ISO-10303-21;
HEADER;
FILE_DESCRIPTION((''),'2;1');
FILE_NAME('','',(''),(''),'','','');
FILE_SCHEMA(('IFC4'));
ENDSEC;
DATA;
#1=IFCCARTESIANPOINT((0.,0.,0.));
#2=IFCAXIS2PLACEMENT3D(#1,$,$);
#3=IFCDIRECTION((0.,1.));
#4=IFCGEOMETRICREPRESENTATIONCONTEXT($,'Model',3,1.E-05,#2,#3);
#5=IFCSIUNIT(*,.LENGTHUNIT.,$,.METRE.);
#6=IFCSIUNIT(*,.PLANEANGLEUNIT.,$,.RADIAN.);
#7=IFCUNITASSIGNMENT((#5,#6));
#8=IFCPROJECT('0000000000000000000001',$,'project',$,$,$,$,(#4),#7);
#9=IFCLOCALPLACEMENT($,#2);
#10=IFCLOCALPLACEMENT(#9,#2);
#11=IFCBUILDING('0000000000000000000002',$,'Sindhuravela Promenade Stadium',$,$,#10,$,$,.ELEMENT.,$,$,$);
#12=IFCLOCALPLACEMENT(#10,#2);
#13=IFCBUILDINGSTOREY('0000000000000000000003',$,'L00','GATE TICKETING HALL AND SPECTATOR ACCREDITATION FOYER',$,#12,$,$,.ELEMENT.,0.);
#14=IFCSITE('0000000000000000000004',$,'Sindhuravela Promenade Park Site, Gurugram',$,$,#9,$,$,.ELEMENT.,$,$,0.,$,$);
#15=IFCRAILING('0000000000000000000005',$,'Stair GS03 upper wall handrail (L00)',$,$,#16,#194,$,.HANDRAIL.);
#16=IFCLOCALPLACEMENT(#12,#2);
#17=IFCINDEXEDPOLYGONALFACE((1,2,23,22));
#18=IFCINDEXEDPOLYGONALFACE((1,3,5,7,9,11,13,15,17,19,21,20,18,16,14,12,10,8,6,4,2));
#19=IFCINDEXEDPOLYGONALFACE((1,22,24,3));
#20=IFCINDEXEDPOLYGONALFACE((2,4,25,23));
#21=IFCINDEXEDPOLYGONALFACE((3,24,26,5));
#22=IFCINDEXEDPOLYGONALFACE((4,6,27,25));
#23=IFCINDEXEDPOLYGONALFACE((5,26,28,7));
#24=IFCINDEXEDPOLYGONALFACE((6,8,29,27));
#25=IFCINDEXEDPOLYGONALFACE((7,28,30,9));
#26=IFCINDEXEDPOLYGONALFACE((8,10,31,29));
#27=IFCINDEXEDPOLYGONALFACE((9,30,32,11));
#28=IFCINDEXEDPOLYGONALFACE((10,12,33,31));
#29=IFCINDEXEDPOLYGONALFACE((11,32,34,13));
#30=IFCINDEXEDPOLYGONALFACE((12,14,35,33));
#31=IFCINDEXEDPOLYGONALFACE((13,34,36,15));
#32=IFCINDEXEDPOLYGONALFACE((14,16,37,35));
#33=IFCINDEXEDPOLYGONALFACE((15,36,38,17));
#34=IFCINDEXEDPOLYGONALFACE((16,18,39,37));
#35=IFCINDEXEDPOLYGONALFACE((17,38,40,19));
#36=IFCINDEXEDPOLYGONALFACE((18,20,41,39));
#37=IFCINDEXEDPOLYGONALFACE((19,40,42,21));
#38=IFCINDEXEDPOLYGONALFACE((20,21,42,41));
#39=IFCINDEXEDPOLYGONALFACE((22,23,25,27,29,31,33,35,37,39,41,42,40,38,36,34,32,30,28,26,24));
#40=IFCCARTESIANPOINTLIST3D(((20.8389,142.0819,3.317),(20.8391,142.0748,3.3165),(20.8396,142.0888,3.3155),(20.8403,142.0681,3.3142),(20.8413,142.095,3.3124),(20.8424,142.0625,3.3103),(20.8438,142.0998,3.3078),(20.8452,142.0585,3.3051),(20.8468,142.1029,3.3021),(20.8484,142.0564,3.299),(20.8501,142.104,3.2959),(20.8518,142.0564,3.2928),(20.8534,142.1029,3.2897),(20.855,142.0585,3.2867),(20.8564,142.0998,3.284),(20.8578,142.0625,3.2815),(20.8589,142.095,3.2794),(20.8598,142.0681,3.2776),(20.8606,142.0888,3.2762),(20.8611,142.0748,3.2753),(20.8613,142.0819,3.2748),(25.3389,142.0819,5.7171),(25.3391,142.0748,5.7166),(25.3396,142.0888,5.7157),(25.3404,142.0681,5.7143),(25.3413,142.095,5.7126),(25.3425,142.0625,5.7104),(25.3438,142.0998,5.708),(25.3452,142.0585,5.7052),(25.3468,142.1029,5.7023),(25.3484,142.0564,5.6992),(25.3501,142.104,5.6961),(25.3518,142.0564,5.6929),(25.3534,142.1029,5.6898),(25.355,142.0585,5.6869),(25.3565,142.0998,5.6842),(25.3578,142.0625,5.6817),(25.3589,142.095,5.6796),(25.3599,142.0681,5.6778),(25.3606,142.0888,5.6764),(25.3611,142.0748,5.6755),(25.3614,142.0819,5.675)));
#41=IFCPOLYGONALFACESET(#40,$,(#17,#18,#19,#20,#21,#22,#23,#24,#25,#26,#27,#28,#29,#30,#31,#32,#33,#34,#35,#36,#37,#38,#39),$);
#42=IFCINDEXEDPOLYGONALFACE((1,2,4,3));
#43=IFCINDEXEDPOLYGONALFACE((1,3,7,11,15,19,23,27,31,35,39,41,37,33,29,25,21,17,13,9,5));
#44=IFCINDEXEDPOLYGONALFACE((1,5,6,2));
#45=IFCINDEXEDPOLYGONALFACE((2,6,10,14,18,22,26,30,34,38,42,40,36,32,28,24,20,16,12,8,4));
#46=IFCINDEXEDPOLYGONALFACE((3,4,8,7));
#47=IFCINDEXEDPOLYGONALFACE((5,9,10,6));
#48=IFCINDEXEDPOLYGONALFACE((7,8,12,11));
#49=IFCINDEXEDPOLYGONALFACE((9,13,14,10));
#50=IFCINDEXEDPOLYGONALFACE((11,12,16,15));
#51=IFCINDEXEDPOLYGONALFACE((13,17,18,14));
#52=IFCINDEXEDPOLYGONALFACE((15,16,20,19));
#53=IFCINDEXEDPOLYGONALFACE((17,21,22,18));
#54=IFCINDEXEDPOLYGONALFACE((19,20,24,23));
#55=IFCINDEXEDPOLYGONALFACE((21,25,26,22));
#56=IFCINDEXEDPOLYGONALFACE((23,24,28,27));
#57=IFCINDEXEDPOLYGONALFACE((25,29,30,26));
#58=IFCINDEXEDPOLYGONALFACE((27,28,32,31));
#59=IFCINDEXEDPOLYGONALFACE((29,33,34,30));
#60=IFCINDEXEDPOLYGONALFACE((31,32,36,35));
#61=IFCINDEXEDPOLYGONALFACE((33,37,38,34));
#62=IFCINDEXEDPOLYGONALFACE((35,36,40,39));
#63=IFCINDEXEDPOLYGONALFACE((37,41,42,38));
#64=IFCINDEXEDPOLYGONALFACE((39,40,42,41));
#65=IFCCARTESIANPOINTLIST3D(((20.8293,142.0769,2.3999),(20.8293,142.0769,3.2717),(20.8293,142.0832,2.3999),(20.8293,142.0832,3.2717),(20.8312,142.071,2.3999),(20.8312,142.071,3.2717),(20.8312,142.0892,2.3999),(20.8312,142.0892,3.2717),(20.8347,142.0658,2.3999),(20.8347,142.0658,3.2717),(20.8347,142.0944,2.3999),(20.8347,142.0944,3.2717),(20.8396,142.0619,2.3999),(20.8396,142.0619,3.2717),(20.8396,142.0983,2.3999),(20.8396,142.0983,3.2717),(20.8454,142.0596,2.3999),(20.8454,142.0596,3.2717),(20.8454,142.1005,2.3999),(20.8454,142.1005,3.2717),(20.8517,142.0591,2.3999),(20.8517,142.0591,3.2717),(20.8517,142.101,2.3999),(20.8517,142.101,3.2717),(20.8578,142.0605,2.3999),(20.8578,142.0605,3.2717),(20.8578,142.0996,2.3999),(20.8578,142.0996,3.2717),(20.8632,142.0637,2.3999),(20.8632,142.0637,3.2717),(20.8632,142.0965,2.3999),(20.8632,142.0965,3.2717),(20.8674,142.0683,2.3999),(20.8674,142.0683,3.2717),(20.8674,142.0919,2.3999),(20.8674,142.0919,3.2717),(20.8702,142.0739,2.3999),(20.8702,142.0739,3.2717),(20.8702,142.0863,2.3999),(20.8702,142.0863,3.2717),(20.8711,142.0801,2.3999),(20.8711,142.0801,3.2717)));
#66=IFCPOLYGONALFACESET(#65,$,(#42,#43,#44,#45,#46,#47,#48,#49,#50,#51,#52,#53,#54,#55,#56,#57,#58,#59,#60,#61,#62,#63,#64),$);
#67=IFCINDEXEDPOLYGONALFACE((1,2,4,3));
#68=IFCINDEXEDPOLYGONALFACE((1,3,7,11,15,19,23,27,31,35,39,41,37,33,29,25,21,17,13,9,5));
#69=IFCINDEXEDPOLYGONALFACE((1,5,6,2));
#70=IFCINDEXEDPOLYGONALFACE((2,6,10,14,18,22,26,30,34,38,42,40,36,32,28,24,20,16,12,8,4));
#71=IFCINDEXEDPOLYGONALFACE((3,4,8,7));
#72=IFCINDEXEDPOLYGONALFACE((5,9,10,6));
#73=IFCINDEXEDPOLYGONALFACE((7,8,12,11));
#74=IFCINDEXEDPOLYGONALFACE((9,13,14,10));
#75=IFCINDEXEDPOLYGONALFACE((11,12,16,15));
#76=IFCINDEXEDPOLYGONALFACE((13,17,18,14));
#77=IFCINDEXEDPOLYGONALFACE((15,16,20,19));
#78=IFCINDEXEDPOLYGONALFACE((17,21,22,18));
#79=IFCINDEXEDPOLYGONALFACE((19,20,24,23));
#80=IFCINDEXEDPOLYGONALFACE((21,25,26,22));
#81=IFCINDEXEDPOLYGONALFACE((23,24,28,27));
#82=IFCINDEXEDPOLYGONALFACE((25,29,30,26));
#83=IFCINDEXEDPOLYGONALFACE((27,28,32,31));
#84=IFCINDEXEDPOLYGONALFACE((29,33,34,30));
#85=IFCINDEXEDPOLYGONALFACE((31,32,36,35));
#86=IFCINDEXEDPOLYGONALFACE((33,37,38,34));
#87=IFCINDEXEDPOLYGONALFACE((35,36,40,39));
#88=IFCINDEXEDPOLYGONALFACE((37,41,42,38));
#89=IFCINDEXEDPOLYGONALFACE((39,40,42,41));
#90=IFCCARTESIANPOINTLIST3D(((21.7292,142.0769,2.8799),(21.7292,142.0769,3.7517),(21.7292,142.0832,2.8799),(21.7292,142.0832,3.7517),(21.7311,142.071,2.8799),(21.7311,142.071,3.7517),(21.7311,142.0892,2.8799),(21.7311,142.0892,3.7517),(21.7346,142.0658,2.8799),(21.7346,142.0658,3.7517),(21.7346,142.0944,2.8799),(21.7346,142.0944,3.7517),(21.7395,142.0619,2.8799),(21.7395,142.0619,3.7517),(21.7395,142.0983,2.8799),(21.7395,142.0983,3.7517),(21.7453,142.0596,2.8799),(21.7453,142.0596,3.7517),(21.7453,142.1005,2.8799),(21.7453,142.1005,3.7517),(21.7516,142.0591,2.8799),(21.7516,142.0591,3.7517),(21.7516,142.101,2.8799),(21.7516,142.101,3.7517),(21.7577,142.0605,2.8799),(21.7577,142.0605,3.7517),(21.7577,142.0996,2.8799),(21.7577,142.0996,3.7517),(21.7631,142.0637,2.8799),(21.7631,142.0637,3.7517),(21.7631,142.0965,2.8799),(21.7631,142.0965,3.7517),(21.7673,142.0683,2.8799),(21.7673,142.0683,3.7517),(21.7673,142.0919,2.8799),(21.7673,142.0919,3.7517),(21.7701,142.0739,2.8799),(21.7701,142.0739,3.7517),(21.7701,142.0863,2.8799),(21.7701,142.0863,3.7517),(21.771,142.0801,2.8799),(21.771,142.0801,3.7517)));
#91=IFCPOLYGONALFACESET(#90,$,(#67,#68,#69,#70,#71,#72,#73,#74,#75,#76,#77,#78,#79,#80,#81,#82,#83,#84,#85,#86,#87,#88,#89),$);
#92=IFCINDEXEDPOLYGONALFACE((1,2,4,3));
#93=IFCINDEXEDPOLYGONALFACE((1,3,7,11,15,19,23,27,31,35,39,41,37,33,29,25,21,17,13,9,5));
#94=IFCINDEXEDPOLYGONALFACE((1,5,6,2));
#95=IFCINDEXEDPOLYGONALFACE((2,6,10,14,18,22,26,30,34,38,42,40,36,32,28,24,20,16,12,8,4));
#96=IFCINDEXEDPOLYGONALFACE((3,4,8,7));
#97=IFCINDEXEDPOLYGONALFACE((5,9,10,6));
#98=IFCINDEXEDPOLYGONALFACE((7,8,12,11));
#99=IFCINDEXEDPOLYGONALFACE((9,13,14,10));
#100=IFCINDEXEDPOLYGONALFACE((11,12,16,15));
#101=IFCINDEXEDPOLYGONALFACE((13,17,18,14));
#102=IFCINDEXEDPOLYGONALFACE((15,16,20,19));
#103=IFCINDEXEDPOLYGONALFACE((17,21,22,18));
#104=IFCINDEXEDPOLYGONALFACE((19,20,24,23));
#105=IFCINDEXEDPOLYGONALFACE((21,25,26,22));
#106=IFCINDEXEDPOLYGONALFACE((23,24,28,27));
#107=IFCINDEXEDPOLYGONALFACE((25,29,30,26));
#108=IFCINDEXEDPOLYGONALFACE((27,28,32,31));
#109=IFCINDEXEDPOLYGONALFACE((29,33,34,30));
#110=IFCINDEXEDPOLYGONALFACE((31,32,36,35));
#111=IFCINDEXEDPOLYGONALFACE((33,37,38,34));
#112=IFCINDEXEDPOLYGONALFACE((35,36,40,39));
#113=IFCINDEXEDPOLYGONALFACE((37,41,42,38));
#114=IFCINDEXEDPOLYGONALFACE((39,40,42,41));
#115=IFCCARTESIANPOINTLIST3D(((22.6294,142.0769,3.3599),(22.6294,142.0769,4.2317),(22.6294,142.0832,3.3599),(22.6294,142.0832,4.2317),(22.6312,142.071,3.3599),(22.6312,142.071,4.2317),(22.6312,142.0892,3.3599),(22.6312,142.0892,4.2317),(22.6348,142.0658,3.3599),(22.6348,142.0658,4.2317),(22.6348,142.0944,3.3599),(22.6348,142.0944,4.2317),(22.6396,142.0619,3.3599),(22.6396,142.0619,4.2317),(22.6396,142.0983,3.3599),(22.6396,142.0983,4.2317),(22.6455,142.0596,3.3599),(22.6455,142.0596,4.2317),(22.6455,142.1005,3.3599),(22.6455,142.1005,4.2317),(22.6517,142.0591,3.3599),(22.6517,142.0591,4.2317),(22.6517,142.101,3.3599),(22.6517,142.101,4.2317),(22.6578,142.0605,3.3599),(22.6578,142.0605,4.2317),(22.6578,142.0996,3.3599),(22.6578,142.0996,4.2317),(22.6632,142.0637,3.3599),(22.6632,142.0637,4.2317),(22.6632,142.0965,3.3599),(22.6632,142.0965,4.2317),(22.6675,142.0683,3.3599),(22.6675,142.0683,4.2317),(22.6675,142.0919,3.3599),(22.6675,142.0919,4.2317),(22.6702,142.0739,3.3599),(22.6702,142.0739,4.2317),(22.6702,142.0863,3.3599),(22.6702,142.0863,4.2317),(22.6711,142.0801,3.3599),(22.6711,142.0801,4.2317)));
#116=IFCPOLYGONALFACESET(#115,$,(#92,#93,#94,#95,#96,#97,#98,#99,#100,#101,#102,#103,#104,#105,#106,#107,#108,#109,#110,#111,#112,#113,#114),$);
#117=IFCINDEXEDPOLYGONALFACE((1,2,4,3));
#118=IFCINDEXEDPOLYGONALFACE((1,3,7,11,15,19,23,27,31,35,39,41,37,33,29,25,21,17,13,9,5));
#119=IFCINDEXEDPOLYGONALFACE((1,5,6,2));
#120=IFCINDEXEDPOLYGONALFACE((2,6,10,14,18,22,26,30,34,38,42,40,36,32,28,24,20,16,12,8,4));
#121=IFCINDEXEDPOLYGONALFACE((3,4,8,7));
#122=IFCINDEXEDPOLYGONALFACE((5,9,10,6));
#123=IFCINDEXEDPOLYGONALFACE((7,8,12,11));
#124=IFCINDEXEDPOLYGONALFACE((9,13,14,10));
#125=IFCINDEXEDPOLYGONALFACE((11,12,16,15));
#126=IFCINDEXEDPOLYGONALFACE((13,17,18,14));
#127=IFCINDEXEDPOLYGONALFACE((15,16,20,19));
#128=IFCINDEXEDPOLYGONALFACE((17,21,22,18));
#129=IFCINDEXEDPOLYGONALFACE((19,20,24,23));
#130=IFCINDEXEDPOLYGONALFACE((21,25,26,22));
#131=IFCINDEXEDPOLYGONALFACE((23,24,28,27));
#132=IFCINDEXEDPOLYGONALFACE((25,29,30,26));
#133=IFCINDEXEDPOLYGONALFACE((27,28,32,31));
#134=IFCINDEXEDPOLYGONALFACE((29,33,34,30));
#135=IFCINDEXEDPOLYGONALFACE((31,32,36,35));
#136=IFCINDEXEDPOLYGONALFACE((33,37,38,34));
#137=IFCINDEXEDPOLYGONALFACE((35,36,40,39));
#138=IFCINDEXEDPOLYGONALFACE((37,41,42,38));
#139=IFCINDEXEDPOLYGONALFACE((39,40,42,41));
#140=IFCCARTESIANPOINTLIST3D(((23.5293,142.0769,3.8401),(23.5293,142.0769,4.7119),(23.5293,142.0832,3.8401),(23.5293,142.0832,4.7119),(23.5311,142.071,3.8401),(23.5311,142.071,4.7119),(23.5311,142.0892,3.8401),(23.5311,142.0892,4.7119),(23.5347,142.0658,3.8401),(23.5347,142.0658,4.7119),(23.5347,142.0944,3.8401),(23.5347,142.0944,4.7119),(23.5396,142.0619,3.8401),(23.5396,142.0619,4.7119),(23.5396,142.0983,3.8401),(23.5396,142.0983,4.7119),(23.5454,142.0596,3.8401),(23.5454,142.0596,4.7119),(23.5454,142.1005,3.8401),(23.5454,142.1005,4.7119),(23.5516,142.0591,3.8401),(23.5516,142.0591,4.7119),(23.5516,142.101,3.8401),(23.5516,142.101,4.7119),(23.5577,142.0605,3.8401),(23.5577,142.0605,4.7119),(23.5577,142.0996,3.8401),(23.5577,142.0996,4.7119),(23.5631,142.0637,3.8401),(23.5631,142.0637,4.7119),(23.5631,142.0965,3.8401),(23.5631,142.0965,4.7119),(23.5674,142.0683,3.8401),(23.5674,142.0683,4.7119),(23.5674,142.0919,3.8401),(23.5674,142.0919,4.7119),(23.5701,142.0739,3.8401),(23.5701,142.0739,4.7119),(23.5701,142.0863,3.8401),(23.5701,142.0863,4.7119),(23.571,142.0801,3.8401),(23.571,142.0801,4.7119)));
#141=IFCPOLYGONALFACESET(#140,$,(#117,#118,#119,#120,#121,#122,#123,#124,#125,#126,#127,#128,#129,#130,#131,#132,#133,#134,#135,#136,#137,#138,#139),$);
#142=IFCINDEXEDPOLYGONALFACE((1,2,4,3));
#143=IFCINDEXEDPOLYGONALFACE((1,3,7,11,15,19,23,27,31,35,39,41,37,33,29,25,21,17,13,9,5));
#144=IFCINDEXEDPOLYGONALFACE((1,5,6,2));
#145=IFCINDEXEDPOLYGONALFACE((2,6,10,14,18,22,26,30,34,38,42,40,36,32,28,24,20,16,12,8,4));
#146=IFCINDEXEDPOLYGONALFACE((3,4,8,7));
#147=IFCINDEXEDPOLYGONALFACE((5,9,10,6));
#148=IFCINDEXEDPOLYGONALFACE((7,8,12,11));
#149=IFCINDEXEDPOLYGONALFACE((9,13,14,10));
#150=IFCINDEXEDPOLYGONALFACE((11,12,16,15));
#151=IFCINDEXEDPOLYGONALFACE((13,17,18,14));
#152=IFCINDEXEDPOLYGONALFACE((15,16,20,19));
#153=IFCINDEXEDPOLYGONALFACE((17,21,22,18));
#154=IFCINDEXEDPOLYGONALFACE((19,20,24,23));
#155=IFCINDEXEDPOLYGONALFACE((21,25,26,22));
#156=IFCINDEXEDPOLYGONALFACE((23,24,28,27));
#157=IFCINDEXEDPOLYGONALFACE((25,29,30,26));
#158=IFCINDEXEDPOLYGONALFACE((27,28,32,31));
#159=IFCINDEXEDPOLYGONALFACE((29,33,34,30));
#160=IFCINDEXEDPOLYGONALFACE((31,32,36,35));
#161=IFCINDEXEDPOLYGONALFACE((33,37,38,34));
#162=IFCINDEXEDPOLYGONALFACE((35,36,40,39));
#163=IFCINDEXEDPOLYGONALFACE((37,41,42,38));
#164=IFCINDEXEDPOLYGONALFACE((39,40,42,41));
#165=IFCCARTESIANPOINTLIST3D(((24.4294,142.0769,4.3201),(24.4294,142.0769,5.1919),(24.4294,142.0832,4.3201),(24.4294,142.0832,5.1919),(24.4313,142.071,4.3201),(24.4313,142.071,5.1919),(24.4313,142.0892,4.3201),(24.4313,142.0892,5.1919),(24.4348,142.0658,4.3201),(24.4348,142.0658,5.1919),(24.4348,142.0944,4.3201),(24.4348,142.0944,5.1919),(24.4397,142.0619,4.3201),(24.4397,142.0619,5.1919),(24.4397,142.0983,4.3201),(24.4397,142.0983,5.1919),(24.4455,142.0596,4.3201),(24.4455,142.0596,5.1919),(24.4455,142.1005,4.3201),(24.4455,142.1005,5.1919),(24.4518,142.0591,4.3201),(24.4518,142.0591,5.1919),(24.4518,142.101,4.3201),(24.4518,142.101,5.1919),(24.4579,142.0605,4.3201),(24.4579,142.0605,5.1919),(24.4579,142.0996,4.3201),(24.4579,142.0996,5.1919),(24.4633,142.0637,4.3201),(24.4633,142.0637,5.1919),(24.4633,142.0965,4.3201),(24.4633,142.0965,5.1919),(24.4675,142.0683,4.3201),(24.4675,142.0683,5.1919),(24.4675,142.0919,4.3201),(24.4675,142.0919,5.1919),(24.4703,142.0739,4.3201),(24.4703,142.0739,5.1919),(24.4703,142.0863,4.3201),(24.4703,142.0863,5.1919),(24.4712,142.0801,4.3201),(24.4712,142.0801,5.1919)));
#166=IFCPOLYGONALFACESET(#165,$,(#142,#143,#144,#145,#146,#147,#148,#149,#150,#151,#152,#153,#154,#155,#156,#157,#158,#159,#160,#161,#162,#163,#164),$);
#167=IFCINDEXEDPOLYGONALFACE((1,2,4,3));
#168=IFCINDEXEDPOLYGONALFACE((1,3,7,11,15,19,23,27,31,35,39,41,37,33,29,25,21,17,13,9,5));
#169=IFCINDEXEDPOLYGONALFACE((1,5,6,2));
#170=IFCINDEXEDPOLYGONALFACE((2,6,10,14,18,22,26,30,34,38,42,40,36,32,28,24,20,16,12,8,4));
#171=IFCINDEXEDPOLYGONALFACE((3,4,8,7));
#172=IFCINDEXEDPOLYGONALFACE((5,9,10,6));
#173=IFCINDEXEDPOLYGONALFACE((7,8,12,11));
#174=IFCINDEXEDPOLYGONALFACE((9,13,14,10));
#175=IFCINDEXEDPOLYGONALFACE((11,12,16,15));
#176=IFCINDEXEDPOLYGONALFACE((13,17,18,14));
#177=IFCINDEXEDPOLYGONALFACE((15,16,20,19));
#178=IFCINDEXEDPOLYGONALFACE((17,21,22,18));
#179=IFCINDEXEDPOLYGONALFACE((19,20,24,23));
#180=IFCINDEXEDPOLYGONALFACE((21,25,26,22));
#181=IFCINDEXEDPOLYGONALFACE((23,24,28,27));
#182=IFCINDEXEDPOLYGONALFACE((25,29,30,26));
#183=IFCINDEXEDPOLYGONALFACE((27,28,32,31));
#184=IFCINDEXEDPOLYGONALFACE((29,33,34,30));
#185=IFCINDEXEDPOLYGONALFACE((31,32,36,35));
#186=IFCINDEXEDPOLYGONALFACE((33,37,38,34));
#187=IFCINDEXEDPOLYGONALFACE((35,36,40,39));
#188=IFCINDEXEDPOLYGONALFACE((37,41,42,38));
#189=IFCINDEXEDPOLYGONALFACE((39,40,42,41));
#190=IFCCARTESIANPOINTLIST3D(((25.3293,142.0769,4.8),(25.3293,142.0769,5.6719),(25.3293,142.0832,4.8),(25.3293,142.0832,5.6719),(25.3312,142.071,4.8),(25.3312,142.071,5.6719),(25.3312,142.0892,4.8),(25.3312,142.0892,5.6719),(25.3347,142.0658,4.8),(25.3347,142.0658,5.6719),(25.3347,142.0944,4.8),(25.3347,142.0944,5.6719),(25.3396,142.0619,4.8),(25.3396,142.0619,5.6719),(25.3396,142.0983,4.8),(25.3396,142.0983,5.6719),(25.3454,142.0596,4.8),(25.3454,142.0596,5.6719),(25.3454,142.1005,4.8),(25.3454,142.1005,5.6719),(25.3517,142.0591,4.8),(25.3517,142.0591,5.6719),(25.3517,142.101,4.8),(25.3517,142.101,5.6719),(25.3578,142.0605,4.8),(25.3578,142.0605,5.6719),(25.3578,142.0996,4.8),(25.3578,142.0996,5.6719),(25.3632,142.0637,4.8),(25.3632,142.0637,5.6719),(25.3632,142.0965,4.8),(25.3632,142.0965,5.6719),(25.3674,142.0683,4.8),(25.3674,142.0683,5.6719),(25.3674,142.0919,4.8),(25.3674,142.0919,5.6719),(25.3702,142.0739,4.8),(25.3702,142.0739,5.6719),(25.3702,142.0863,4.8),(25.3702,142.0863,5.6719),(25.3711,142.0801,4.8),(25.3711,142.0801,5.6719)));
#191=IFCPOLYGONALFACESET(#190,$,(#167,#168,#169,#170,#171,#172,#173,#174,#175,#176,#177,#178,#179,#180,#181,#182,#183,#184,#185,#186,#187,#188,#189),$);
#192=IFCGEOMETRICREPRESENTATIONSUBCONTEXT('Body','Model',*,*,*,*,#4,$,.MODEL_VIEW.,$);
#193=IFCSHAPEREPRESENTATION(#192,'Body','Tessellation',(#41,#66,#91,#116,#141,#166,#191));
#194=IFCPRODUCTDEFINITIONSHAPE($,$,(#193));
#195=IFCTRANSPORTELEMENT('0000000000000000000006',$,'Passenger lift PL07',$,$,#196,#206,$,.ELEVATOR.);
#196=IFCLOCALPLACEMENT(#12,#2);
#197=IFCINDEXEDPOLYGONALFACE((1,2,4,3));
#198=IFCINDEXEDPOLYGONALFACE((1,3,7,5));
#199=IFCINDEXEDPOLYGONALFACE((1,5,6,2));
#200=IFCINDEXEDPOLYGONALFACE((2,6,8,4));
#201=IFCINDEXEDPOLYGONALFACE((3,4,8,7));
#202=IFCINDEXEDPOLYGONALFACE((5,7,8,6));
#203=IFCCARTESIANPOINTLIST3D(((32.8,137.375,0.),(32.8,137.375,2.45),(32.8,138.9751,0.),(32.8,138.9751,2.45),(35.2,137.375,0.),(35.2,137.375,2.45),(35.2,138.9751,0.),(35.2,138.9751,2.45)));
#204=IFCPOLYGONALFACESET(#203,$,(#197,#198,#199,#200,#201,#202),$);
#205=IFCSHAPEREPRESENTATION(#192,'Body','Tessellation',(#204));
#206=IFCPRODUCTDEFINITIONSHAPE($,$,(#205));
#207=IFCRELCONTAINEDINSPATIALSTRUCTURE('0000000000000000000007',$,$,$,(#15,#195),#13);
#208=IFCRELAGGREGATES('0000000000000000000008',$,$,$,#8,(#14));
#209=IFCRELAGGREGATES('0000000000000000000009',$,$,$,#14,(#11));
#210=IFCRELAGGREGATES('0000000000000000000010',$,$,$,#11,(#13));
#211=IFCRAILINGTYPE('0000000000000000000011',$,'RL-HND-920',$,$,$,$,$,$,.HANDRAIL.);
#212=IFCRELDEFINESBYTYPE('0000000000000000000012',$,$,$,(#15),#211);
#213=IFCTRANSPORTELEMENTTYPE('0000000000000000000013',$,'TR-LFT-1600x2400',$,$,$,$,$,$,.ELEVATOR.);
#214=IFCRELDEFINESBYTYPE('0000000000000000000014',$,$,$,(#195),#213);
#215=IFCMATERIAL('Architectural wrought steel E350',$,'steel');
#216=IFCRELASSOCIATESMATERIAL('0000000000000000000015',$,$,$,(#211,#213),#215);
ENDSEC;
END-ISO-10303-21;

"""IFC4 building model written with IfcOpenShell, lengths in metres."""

from ifc_helpers import new_model, si_unit, direction, frame, origin, origin_2d, place, context, subcontext, project, spatial, rectangle, circle, extrude, material, type_object, element, save


model = new_model("IFC4")

# Units and contexts
model_context = context("Model", 3, precision=1e-05, world=origin(), true_north=direction((0.0, 1.0)))
body_context = subcontext(model_context, "Body", "Model", "MODEL_VIEW")
ifc_project = project(units=[si_unit("LENGTHUNIT", "METRE"), si_unit("PLANEANGLEUNIT", "RADIAN")], contexts=[model_context])

# Site, building, storey
site_placement = place(None, origin())
site = spatial("IfcSite", under=ifc_project, at=site_placement, Name="Sindhuravela Promenade Park Site, Gurugram", CompositionType="ELEMENT", RefElevation=0.0)
building_placement = place(site_placement, origin())
building = spatial("IfcBuilding", under=site, at=building_placement, Name="Sindhuravela Promenade Stadium", CompositionType="ELEMENT")
storey_placement = place(building_placement, origin())
storey = spatial("IfcBuildingStorey", under=building, at=storey_placement, Name="L00", Description="GATE TICKETING HALL AND SPECTATOR ACCREDITATION FOYER", CompositionType="ELEMENT", Elevation=0.0)

# Shared definitions
ifc_material_1 = material(Name="Architectural wrought steel E350", Category="steel")

# Railing
railing_type_1 = type_object("IfcRailingType", Name="RL-HND-920", PredefinedType="HANDRAIL", material=ifc_material_1)
railing_1_placement = place(storey_placement, frame((20.8501, 142.0801, 2.3999)))
element("IfcRailing", 1, at=railing_1_placement, inside=storey, type_object=railing_type_1, Name="Stair GS03 upper wall handrail (L00)", PredefinedType="HANDRAIL", context=body_context, shape_type="SweptSolid", body=[
    extrude(circle(Radius=0.0239, at=origin_2d()), frame((0.0, 0.0, 0.896), z_axis=(0.882341, 0.0, 0.470611), x_axis=(0.0, 1.0, 0.0)), (0.0, 0.0, 1.0), 5.1001),
    extrude(circle(Radius=0.021, at=origin_2d()), origin(), (0.0, 0.0, 1.0), 0.8718),
    extrude(circle(Radius=0.021, at=origin_2d()), frame((0.8999, 0.0, 0.48)), (0.0, 0.0, 1.0), 0.8718),
    extrude(circle(Radius=0.021, at=origin_2d()), frame((1.8, 0.0, 0.96)), (0.0, 0.0, 1.0), 0.8718),
    extrude(circle(Radius=0.021, at=origin_2d()), frame((2.7, 0.0, 1.4402)), (0.0, 0.0, 1.0), 0.8718),
    extrude(circle(Radius=0.021, at=origin_2d()), frame((3.6001, 0.0, 1.9202)), (0.0, 0.0, 1.0), 0.8718),
    extrude(circle(Radius=0.021, at=origin_2d()), frame((4.5, 0.0, 2.4001)), (0.0, 0.0, 1.0), 0.8718),
])

# Transport element
transport_element_type = type_object("IfcTransportElementType", Name="TR-LFT-1600x2400", PredefinedType="ELEVATOR", material=ifc_material_1)
transport_element_placement = place(storey_placement, frame((34.0, 138.175, 0.0), z_axis=(0.0, 0.0, 1.0), x_axis=(1.0, 0.0, 0.0)))
element("IfcTransportElement", 2, at=transport_element_placement, inside=storey, type_object=transport_element_type, Name="Passenger lift PL07", PredefinedType="ELEVATOR", context=body_context, shape_type="SweptSolid", body=[
    extrude(rectangle(XDim=2.3999, YDim=1.6001, at=origin_2d()), origin(), (0.0, 0.0, 1.0), 2.45),
])

save(model, "model.ifc")
